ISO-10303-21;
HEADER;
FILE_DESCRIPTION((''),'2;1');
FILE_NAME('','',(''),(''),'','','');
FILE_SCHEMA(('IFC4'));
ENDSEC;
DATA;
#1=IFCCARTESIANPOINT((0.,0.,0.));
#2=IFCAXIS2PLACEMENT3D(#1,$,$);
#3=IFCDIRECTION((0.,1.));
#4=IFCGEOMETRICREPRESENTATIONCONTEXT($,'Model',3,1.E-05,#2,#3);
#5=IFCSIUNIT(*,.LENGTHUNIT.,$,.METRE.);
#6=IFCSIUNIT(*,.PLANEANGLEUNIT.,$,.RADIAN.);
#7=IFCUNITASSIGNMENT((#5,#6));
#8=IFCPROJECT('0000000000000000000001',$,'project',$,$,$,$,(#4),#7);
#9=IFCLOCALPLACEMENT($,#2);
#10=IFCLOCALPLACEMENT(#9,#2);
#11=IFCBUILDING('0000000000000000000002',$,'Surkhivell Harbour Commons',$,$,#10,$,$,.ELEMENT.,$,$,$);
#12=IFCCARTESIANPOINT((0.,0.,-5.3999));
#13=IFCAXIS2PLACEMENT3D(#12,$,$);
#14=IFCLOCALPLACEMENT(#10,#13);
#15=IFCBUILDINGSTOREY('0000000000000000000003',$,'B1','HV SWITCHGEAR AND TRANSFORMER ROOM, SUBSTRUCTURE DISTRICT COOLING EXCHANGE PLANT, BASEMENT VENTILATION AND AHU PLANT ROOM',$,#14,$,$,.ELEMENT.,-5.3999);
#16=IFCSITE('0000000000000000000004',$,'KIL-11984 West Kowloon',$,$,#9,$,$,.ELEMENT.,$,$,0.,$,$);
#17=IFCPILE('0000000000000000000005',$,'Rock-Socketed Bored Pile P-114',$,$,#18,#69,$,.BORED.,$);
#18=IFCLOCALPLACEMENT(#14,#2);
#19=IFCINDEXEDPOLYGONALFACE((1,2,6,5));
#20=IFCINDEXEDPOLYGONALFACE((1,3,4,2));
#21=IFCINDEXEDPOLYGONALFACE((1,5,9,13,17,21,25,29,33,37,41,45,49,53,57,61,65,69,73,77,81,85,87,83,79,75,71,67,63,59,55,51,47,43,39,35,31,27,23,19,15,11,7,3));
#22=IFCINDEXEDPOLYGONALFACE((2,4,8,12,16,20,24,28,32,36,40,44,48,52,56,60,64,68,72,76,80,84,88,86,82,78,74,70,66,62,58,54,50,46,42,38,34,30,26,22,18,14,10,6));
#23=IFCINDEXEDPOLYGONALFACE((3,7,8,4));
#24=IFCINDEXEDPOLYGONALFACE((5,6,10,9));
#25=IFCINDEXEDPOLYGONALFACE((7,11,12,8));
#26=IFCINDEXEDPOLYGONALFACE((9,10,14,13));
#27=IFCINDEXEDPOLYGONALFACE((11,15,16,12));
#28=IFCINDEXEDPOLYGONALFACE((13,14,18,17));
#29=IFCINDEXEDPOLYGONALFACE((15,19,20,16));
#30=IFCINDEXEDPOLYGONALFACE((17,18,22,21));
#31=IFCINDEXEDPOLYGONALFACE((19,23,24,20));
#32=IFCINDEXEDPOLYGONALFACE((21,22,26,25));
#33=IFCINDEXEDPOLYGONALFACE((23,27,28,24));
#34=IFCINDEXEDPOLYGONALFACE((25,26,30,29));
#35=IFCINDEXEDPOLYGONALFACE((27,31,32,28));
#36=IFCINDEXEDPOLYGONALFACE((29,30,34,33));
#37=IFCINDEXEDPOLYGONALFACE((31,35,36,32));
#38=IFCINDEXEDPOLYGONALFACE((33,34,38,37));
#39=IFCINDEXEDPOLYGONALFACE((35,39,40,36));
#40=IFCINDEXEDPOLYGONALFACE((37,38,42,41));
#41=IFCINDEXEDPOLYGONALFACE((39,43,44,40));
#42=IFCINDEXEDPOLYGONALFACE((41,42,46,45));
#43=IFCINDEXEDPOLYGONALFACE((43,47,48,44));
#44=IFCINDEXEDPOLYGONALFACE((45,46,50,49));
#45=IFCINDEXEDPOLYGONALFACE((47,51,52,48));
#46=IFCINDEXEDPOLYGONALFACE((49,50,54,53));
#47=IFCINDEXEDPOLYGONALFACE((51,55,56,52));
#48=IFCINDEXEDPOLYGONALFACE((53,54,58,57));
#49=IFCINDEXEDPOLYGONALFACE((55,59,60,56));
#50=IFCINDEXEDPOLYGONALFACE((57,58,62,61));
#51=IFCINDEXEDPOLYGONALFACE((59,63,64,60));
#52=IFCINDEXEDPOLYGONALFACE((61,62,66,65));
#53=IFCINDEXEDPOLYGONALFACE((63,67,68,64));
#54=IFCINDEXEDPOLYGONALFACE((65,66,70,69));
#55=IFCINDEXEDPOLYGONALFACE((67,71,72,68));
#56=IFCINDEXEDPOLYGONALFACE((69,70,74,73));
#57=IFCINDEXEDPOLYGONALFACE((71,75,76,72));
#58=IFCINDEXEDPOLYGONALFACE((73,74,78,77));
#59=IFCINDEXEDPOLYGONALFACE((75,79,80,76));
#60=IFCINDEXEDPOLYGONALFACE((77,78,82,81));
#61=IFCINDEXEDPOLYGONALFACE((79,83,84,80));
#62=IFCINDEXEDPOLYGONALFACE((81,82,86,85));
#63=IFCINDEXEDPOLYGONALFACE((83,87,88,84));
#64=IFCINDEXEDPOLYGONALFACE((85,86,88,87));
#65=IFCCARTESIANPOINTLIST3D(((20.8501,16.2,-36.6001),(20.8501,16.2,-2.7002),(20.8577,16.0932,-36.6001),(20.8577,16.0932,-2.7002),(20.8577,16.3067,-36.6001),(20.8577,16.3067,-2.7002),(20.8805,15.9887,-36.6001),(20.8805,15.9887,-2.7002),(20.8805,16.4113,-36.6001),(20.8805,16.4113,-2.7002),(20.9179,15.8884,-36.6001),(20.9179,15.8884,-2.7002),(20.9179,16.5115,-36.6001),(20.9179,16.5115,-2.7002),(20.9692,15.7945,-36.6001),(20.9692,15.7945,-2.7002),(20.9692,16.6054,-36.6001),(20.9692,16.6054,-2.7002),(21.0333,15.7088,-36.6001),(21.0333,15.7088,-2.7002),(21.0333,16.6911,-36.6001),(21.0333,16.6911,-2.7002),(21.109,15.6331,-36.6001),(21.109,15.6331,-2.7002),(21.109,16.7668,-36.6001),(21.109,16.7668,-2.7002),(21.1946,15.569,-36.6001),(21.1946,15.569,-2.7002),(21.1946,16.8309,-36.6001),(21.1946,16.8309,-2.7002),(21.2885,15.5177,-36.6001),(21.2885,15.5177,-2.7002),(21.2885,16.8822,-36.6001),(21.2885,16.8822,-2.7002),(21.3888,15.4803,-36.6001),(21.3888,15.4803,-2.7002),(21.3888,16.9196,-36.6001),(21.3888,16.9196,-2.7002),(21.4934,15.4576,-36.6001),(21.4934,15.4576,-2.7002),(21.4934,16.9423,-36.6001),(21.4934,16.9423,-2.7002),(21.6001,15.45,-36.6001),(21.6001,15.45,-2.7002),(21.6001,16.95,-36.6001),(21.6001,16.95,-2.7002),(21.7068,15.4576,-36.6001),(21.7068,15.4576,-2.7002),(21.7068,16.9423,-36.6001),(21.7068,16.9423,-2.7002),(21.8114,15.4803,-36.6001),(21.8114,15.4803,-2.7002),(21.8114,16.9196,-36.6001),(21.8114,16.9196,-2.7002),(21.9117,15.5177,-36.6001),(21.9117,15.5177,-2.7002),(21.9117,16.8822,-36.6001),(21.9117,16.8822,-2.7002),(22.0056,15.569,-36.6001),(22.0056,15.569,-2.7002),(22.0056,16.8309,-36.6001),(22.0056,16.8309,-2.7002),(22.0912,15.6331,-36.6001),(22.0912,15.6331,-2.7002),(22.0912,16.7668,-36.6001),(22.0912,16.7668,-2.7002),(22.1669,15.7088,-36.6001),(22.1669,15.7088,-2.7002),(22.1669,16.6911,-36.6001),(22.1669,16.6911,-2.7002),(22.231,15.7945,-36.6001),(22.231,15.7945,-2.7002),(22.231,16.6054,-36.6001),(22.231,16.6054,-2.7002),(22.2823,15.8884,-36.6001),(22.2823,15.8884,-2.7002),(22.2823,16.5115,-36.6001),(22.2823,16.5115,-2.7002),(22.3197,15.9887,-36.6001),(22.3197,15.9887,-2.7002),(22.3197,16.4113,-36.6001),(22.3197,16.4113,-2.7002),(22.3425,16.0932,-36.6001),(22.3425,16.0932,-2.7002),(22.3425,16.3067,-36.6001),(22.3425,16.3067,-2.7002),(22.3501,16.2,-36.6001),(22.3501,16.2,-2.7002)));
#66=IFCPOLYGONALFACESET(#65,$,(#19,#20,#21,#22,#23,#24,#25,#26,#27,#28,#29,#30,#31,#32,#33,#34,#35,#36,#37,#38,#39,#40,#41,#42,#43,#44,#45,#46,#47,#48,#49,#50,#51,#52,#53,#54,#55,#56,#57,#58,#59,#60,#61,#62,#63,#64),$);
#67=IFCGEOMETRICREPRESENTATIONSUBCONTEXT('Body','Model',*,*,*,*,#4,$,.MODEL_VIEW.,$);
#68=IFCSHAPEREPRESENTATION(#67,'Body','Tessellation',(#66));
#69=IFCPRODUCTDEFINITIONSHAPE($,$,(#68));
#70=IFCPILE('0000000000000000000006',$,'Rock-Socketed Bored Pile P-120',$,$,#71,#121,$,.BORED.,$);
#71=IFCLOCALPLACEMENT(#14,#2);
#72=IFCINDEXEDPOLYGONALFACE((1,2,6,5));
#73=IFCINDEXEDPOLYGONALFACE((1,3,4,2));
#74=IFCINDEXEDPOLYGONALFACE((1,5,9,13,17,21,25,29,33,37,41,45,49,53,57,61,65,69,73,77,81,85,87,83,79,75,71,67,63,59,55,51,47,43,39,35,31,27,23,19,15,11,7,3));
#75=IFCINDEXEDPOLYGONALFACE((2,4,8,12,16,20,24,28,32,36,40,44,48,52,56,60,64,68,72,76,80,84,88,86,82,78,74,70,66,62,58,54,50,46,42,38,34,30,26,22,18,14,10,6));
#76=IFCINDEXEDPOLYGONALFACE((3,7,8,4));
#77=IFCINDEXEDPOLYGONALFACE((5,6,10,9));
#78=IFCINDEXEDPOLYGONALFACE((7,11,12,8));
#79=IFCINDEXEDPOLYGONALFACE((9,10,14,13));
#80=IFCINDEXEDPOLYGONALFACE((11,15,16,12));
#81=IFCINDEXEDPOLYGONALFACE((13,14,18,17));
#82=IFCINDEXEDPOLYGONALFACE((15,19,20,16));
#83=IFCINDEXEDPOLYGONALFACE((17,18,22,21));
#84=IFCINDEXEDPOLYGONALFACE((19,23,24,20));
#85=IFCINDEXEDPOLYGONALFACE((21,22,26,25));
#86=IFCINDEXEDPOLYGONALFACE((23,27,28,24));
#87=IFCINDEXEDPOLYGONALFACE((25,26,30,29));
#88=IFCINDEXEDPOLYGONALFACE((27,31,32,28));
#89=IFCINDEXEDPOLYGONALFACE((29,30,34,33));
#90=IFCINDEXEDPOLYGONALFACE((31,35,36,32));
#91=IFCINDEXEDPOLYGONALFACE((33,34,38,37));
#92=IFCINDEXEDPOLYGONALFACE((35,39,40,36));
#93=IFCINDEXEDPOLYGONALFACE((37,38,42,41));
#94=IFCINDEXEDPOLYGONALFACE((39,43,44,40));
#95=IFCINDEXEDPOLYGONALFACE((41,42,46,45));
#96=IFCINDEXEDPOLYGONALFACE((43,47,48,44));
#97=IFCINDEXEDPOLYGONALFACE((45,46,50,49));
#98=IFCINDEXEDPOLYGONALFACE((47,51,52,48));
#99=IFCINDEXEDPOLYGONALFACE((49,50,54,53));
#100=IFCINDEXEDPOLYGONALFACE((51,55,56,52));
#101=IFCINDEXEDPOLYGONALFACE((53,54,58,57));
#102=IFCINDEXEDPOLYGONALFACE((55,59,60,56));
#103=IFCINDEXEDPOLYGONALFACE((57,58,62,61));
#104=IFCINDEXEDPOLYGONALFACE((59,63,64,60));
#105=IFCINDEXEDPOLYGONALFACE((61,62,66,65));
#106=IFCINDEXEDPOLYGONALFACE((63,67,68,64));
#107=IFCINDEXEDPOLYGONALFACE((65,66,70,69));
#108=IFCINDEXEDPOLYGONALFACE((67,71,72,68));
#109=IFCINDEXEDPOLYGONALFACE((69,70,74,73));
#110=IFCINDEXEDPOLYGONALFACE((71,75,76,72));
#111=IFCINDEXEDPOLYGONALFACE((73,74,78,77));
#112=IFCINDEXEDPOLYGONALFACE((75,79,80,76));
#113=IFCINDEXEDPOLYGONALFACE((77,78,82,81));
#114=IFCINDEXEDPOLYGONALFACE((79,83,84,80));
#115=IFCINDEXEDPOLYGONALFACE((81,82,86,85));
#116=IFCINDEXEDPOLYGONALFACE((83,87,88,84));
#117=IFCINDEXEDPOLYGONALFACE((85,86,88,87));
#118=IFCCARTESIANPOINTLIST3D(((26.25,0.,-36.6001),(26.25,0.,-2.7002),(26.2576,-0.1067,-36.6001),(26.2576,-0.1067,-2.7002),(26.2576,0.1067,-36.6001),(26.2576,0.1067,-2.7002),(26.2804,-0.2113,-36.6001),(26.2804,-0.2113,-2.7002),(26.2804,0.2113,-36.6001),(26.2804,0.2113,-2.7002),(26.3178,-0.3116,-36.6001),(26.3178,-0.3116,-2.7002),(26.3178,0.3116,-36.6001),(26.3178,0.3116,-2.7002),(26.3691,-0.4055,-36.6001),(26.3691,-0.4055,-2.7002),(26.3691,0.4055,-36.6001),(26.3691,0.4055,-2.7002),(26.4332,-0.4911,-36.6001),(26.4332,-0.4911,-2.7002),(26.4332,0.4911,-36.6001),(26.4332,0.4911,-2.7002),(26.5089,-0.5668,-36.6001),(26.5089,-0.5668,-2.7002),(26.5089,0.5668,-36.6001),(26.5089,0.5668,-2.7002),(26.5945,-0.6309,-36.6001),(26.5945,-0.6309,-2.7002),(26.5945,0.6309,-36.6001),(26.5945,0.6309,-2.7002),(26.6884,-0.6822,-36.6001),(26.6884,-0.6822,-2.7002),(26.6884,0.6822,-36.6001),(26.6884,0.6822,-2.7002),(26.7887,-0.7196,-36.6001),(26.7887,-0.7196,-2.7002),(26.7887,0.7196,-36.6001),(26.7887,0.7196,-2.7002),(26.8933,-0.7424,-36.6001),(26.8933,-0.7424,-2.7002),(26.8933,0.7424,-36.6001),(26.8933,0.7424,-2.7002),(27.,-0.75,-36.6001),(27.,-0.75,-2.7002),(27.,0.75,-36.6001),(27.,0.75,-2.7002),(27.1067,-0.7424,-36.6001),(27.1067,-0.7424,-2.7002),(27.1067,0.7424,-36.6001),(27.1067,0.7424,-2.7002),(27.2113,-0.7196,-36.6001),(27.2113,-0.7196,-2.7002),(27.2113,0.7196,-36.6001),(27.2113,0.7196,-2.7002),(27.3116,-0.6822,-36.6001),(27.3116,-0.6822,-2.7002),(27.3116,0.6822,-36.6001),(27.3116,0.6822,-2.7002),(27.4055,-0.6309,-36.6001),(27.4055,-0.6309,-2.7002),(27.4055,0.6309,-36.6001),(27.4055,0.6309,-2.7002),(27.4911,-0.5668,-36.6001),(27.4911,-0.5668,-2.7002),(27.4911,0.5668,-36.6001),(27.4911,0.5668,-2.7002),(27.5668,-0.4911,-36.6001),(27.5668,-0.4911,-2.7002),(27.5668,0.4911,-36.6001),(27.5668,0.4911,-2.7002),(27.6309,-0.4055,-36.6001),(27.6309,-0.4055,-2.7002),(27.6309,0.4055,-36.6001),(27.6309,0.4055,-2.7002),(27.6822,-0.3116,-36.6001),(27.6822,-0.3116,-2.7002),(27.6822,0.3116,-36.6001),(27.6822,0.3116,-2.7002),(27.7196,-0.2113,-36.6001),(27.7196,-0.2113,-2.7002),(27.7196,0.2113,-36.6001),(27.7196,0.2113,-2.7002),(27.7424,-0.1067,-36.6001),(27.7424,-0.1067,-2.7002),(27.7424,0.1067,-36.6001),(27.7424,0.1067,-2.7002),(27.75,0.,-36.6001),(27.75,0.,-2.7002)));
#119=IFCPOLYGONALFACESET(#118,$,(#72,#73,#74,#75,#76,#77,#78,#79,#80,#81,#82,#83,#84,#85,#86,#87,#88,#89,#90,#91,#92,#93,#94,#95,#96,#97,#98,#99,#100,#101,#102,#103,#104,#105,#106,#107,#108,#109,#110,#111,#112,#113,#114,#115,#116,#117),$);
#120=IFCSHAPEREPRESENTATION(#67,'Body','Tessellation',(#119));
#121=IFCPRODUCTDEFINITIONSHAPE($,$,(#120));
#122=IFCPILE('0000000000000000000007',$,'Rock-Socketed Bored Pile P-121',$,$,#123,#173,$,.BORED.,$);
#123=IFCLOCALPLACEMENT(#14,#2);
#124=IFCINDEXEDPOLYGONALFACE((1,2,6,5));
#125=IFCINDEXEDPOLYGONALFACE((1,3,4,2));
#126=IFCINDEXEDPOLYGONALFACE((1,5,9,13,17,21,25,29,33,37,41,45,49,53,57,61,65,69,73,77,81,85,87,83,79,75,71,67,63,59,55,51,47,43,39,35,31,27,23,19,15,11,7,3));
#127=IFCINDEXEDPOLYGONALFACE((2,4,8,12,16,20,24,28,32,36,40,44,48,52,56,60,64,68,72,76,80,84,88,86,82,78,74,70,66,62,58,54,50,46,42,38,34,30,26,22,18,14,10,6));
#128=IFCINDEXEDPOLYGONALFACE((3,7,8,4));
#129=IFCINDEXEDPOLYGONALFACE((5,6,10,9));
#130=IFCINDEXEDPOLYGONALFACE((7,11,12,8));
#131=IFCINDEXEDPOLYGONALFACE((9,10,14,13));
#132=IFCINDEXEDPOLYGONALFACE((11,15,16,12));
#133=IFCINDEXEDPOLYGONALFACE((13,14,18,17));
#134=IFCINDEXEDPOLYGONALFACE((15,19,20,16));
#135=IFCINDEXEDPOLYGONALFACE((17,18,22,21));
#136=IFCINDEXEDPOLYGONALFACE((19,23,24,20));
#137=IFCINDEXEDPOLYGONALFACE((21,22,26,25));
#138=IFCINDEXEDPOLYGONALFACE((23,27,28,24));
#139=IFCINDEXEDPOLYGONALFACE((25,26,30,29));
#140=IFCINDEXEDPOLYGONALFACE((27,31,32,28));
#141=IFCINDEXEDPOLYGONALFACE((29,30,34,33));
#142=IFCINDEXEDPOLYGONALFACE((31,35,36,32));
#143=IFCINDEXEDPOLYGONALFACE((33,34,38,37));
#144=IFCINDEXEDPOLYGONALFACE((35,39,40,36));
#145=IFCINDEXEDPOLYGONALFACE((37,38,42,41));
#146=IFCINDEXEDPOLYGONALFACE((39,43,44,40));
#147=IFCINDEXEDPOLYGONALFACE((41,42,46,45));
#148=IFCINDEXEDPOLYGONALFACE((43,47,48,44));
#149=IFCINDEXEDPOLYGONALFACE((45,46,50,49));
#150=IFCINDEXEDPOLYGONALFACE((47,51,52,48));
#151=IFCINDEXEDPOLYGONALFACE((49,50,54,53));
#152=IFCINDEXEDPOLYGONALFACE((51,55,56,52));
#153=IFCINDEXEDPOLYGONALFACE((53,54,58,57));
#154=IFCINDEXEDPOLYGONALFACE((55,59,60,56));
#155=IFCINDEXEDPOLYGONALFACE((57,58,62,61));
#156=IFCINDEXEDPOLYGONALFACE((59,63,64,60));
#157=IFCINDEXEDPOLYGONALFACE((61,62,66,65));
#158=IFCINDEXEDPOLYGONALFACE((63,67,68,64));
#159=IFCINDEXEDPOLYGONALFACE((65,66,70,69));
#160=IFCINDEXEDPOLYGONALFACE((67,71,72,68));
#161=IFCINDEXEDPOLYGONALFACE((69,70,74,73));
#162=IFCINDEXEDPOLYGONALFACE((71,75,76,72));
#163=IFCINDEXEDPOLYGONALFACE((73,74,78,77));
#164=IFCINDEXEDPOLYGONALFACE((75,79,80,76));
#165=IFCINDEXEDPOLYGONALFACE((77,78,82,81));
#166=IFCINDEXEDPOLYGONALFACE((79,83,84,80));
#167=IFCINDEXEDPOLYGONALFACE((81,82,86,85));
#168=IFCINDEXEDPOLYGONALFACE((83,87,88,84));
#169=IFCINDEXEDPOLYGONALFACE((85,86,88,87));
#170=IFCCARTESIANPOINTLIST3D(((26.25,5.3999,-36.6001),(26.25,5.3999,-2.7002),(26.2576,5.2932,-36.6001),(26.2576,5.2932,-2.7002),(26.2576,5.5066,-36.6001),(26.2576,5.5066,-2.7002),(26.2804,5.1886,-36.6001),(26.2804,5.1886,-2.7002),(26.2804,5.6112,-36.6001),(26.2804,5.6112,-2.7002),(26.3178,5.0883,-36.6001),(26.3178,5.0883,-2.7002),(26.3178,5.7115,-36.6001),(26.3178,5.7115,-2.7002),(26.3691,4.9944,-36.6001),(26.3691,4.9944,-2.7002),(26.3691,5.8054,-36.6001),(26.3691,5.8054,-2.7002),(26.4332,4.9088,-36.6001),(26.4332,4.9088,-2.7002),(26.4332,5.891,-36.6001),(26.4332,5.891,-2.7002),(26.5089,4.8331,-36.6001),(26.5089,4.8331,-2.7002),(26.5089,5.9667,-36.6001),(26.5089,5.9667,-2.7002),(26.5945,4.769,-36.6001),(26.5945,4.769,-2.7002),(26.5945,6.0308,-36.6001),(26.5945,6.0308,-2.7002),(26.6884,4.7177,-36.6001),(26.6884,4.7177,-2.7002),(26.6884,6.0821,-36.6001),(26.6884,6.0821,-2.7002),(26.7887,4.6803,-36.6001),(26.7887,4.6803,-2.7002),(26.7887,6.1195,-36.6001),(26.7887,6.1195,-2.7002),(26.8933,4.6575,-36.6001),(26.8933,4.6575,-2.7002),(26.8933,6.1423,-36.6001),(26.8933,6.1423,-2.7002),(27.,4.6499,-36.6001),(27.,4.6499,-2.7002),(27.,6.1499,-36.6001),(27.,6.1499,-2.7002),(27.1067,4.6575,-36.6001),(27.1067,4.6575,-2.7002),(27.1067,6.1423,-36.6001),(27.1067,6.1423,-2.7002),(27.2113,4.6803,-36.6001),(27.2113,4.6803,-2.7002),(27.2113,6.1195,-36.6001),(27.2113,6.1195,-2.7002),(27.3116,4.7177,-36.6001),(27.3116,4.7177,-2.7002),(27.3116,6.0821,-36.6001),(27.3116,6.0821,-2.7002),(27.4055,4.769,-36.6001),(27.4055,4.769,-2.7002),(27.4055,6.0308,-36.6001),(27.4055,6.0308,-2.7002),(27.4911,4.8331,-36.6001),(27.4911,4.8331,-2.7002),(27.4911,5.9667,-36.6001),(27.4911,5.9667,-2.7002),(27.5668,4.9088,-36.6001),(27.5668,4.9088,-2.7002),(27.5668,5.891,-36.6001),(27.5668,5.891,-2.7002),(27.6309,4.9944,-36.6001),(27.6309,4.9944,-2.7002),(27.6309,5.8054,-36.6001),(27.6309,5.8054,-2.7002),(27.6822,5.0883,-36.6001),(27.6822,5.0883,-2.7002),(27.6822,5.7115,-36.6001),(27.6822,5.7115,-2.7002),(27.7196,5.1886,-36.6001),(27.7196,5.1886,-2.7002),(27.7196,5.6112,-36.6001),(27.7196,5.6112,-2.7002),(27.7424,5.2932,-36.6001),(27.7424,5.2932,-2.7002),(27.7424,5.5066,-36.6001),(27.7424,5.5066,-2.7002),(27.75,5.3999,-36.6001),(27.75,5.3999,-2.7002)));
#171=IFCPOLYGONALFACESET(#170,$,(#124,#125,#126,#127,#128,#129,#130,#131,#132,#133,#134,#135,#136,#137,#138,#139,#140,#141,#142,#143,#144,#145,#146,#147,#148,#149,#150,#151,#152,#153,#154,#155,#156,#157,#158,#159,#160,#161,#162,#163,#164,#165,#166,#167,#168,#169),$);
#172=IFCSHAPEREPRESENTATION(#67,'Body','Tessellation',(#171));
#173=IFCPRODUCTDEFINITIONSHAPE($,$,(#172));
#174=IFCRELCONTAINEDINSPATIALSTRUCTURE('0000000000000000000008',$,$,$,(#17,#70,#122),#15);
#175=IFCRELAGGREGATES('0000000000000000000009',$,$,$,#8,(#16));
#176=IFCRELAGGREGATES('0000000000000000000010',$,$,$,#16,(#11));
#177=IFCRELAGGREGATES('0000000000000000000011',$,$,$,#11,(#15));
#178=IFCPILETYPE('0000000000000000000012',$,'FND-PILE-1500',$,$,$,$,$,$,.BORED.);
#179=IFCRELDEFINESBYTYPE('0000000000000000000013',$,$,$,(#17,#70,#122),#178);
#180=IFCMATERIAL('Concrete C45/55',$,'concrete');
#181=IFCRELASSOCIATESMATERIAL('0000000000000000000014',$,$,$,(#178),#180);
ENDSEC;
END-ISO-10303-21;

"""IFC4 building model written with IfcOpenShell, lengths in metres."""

from ifc_helpers import new_model, si_unit, direction, frame, origin, origin_2d, place, context, subcontext, project, spatial, circle, extrude, material, material_profile, profile_set, type_object, element, save


model = new_model("IFC4")

# Units and contexts
model_context = context("Model", 3, precision=1e-05, world=origin(), true_north=direction((0.0, 1.0)))
body_context = subcontext(model_context, "Body", "Model", "MODEL_VIEW")
ifc_project = project(units=[si_unit("LENGTHUNIT", "METRE"), si_unit("PLANEANGLEUNIT", "RADIAN")], contexts=[model_context])

# Site, building, storey
site_placement = place(None, origin())
site = spatial("IfcSite", under=ifc_project, at=site_placement, Name="KIL-11984 West Kowloon", CompositionType="ELEMENT", RefElevation=0.0)
building_placement = place(site_placement, origin())
building = spatial("IfcBuilding", under=site, at=building_placement, Name="Surkhivell Harbour Commons", CompositionType="ELEMENT")
storey_placement = place(building_placement, frame((0.0, 0.0, -5.3999)))
storey = spatial("IfcBuildingStorey", under=building, at=storey_placement, Name="B1", Description="HV SWITCHGEAR AND TRANSFORMER ROOM, SUBSTRUCTURE DISTRICT COOLING EXCHANGE PLANT, BASEMENT VENTILATION AND AHU PLANT ROOM", CompositionType="ELEMENT", Elevation=-5.3999)

# Piles
ifc_material_1 = material(Name="Concrete C45/55", Category="concrete")
ifc_material_profile_1 = material_profile(ifc_material_1, circle(Radius=0.75, at=origin_2d()), Name="PILE-1500")
ifc_profile_set_1 = profile_set([ifc_material_profile_1], Name="Concrete C45/55")
pile_type_1 = type_object("IfcPileType", Name="FND-PILE-1500", PredefinedType="BORED", material=ifc_profile_set_1)
for number, where, z_axis, x_axis, name in (
    (1, (21.6001, 16.2, -2.7002), (0.0, 0.0, -1.0), (1.0, 0.0, 0.0), "Rock-Socketed Bored Pile P-114"),
    (2, (27.0, 0.0, -2.7002), (0.0, 0.0, -1.0), (1.0, 0.0, 0.0), "Rock-Socketed Bored Pile P-120"),
    (3, (27.0, 5.3999, -2.7002), (0.0, 0.0, -1.0), (1.0, 0.0, 0.0), "Rock-Socketed Bored Pile P-121"),
):
    element("IfcPile", number, at=place(storey_placement, frame(where, z_axis=z_axis, x_axis=x_axis)), inside=storey, type_object=pile_type_1, Name=name, PredefinedType="BORED", context=body_context, shape_type="SweptSolid", body=[
        extrude(circle(Radius=0.75, at=origin_2d()), origin(), (0.0, 0.0, 1.0), 33.8999),
    ])

save(model, "model.ifc")
